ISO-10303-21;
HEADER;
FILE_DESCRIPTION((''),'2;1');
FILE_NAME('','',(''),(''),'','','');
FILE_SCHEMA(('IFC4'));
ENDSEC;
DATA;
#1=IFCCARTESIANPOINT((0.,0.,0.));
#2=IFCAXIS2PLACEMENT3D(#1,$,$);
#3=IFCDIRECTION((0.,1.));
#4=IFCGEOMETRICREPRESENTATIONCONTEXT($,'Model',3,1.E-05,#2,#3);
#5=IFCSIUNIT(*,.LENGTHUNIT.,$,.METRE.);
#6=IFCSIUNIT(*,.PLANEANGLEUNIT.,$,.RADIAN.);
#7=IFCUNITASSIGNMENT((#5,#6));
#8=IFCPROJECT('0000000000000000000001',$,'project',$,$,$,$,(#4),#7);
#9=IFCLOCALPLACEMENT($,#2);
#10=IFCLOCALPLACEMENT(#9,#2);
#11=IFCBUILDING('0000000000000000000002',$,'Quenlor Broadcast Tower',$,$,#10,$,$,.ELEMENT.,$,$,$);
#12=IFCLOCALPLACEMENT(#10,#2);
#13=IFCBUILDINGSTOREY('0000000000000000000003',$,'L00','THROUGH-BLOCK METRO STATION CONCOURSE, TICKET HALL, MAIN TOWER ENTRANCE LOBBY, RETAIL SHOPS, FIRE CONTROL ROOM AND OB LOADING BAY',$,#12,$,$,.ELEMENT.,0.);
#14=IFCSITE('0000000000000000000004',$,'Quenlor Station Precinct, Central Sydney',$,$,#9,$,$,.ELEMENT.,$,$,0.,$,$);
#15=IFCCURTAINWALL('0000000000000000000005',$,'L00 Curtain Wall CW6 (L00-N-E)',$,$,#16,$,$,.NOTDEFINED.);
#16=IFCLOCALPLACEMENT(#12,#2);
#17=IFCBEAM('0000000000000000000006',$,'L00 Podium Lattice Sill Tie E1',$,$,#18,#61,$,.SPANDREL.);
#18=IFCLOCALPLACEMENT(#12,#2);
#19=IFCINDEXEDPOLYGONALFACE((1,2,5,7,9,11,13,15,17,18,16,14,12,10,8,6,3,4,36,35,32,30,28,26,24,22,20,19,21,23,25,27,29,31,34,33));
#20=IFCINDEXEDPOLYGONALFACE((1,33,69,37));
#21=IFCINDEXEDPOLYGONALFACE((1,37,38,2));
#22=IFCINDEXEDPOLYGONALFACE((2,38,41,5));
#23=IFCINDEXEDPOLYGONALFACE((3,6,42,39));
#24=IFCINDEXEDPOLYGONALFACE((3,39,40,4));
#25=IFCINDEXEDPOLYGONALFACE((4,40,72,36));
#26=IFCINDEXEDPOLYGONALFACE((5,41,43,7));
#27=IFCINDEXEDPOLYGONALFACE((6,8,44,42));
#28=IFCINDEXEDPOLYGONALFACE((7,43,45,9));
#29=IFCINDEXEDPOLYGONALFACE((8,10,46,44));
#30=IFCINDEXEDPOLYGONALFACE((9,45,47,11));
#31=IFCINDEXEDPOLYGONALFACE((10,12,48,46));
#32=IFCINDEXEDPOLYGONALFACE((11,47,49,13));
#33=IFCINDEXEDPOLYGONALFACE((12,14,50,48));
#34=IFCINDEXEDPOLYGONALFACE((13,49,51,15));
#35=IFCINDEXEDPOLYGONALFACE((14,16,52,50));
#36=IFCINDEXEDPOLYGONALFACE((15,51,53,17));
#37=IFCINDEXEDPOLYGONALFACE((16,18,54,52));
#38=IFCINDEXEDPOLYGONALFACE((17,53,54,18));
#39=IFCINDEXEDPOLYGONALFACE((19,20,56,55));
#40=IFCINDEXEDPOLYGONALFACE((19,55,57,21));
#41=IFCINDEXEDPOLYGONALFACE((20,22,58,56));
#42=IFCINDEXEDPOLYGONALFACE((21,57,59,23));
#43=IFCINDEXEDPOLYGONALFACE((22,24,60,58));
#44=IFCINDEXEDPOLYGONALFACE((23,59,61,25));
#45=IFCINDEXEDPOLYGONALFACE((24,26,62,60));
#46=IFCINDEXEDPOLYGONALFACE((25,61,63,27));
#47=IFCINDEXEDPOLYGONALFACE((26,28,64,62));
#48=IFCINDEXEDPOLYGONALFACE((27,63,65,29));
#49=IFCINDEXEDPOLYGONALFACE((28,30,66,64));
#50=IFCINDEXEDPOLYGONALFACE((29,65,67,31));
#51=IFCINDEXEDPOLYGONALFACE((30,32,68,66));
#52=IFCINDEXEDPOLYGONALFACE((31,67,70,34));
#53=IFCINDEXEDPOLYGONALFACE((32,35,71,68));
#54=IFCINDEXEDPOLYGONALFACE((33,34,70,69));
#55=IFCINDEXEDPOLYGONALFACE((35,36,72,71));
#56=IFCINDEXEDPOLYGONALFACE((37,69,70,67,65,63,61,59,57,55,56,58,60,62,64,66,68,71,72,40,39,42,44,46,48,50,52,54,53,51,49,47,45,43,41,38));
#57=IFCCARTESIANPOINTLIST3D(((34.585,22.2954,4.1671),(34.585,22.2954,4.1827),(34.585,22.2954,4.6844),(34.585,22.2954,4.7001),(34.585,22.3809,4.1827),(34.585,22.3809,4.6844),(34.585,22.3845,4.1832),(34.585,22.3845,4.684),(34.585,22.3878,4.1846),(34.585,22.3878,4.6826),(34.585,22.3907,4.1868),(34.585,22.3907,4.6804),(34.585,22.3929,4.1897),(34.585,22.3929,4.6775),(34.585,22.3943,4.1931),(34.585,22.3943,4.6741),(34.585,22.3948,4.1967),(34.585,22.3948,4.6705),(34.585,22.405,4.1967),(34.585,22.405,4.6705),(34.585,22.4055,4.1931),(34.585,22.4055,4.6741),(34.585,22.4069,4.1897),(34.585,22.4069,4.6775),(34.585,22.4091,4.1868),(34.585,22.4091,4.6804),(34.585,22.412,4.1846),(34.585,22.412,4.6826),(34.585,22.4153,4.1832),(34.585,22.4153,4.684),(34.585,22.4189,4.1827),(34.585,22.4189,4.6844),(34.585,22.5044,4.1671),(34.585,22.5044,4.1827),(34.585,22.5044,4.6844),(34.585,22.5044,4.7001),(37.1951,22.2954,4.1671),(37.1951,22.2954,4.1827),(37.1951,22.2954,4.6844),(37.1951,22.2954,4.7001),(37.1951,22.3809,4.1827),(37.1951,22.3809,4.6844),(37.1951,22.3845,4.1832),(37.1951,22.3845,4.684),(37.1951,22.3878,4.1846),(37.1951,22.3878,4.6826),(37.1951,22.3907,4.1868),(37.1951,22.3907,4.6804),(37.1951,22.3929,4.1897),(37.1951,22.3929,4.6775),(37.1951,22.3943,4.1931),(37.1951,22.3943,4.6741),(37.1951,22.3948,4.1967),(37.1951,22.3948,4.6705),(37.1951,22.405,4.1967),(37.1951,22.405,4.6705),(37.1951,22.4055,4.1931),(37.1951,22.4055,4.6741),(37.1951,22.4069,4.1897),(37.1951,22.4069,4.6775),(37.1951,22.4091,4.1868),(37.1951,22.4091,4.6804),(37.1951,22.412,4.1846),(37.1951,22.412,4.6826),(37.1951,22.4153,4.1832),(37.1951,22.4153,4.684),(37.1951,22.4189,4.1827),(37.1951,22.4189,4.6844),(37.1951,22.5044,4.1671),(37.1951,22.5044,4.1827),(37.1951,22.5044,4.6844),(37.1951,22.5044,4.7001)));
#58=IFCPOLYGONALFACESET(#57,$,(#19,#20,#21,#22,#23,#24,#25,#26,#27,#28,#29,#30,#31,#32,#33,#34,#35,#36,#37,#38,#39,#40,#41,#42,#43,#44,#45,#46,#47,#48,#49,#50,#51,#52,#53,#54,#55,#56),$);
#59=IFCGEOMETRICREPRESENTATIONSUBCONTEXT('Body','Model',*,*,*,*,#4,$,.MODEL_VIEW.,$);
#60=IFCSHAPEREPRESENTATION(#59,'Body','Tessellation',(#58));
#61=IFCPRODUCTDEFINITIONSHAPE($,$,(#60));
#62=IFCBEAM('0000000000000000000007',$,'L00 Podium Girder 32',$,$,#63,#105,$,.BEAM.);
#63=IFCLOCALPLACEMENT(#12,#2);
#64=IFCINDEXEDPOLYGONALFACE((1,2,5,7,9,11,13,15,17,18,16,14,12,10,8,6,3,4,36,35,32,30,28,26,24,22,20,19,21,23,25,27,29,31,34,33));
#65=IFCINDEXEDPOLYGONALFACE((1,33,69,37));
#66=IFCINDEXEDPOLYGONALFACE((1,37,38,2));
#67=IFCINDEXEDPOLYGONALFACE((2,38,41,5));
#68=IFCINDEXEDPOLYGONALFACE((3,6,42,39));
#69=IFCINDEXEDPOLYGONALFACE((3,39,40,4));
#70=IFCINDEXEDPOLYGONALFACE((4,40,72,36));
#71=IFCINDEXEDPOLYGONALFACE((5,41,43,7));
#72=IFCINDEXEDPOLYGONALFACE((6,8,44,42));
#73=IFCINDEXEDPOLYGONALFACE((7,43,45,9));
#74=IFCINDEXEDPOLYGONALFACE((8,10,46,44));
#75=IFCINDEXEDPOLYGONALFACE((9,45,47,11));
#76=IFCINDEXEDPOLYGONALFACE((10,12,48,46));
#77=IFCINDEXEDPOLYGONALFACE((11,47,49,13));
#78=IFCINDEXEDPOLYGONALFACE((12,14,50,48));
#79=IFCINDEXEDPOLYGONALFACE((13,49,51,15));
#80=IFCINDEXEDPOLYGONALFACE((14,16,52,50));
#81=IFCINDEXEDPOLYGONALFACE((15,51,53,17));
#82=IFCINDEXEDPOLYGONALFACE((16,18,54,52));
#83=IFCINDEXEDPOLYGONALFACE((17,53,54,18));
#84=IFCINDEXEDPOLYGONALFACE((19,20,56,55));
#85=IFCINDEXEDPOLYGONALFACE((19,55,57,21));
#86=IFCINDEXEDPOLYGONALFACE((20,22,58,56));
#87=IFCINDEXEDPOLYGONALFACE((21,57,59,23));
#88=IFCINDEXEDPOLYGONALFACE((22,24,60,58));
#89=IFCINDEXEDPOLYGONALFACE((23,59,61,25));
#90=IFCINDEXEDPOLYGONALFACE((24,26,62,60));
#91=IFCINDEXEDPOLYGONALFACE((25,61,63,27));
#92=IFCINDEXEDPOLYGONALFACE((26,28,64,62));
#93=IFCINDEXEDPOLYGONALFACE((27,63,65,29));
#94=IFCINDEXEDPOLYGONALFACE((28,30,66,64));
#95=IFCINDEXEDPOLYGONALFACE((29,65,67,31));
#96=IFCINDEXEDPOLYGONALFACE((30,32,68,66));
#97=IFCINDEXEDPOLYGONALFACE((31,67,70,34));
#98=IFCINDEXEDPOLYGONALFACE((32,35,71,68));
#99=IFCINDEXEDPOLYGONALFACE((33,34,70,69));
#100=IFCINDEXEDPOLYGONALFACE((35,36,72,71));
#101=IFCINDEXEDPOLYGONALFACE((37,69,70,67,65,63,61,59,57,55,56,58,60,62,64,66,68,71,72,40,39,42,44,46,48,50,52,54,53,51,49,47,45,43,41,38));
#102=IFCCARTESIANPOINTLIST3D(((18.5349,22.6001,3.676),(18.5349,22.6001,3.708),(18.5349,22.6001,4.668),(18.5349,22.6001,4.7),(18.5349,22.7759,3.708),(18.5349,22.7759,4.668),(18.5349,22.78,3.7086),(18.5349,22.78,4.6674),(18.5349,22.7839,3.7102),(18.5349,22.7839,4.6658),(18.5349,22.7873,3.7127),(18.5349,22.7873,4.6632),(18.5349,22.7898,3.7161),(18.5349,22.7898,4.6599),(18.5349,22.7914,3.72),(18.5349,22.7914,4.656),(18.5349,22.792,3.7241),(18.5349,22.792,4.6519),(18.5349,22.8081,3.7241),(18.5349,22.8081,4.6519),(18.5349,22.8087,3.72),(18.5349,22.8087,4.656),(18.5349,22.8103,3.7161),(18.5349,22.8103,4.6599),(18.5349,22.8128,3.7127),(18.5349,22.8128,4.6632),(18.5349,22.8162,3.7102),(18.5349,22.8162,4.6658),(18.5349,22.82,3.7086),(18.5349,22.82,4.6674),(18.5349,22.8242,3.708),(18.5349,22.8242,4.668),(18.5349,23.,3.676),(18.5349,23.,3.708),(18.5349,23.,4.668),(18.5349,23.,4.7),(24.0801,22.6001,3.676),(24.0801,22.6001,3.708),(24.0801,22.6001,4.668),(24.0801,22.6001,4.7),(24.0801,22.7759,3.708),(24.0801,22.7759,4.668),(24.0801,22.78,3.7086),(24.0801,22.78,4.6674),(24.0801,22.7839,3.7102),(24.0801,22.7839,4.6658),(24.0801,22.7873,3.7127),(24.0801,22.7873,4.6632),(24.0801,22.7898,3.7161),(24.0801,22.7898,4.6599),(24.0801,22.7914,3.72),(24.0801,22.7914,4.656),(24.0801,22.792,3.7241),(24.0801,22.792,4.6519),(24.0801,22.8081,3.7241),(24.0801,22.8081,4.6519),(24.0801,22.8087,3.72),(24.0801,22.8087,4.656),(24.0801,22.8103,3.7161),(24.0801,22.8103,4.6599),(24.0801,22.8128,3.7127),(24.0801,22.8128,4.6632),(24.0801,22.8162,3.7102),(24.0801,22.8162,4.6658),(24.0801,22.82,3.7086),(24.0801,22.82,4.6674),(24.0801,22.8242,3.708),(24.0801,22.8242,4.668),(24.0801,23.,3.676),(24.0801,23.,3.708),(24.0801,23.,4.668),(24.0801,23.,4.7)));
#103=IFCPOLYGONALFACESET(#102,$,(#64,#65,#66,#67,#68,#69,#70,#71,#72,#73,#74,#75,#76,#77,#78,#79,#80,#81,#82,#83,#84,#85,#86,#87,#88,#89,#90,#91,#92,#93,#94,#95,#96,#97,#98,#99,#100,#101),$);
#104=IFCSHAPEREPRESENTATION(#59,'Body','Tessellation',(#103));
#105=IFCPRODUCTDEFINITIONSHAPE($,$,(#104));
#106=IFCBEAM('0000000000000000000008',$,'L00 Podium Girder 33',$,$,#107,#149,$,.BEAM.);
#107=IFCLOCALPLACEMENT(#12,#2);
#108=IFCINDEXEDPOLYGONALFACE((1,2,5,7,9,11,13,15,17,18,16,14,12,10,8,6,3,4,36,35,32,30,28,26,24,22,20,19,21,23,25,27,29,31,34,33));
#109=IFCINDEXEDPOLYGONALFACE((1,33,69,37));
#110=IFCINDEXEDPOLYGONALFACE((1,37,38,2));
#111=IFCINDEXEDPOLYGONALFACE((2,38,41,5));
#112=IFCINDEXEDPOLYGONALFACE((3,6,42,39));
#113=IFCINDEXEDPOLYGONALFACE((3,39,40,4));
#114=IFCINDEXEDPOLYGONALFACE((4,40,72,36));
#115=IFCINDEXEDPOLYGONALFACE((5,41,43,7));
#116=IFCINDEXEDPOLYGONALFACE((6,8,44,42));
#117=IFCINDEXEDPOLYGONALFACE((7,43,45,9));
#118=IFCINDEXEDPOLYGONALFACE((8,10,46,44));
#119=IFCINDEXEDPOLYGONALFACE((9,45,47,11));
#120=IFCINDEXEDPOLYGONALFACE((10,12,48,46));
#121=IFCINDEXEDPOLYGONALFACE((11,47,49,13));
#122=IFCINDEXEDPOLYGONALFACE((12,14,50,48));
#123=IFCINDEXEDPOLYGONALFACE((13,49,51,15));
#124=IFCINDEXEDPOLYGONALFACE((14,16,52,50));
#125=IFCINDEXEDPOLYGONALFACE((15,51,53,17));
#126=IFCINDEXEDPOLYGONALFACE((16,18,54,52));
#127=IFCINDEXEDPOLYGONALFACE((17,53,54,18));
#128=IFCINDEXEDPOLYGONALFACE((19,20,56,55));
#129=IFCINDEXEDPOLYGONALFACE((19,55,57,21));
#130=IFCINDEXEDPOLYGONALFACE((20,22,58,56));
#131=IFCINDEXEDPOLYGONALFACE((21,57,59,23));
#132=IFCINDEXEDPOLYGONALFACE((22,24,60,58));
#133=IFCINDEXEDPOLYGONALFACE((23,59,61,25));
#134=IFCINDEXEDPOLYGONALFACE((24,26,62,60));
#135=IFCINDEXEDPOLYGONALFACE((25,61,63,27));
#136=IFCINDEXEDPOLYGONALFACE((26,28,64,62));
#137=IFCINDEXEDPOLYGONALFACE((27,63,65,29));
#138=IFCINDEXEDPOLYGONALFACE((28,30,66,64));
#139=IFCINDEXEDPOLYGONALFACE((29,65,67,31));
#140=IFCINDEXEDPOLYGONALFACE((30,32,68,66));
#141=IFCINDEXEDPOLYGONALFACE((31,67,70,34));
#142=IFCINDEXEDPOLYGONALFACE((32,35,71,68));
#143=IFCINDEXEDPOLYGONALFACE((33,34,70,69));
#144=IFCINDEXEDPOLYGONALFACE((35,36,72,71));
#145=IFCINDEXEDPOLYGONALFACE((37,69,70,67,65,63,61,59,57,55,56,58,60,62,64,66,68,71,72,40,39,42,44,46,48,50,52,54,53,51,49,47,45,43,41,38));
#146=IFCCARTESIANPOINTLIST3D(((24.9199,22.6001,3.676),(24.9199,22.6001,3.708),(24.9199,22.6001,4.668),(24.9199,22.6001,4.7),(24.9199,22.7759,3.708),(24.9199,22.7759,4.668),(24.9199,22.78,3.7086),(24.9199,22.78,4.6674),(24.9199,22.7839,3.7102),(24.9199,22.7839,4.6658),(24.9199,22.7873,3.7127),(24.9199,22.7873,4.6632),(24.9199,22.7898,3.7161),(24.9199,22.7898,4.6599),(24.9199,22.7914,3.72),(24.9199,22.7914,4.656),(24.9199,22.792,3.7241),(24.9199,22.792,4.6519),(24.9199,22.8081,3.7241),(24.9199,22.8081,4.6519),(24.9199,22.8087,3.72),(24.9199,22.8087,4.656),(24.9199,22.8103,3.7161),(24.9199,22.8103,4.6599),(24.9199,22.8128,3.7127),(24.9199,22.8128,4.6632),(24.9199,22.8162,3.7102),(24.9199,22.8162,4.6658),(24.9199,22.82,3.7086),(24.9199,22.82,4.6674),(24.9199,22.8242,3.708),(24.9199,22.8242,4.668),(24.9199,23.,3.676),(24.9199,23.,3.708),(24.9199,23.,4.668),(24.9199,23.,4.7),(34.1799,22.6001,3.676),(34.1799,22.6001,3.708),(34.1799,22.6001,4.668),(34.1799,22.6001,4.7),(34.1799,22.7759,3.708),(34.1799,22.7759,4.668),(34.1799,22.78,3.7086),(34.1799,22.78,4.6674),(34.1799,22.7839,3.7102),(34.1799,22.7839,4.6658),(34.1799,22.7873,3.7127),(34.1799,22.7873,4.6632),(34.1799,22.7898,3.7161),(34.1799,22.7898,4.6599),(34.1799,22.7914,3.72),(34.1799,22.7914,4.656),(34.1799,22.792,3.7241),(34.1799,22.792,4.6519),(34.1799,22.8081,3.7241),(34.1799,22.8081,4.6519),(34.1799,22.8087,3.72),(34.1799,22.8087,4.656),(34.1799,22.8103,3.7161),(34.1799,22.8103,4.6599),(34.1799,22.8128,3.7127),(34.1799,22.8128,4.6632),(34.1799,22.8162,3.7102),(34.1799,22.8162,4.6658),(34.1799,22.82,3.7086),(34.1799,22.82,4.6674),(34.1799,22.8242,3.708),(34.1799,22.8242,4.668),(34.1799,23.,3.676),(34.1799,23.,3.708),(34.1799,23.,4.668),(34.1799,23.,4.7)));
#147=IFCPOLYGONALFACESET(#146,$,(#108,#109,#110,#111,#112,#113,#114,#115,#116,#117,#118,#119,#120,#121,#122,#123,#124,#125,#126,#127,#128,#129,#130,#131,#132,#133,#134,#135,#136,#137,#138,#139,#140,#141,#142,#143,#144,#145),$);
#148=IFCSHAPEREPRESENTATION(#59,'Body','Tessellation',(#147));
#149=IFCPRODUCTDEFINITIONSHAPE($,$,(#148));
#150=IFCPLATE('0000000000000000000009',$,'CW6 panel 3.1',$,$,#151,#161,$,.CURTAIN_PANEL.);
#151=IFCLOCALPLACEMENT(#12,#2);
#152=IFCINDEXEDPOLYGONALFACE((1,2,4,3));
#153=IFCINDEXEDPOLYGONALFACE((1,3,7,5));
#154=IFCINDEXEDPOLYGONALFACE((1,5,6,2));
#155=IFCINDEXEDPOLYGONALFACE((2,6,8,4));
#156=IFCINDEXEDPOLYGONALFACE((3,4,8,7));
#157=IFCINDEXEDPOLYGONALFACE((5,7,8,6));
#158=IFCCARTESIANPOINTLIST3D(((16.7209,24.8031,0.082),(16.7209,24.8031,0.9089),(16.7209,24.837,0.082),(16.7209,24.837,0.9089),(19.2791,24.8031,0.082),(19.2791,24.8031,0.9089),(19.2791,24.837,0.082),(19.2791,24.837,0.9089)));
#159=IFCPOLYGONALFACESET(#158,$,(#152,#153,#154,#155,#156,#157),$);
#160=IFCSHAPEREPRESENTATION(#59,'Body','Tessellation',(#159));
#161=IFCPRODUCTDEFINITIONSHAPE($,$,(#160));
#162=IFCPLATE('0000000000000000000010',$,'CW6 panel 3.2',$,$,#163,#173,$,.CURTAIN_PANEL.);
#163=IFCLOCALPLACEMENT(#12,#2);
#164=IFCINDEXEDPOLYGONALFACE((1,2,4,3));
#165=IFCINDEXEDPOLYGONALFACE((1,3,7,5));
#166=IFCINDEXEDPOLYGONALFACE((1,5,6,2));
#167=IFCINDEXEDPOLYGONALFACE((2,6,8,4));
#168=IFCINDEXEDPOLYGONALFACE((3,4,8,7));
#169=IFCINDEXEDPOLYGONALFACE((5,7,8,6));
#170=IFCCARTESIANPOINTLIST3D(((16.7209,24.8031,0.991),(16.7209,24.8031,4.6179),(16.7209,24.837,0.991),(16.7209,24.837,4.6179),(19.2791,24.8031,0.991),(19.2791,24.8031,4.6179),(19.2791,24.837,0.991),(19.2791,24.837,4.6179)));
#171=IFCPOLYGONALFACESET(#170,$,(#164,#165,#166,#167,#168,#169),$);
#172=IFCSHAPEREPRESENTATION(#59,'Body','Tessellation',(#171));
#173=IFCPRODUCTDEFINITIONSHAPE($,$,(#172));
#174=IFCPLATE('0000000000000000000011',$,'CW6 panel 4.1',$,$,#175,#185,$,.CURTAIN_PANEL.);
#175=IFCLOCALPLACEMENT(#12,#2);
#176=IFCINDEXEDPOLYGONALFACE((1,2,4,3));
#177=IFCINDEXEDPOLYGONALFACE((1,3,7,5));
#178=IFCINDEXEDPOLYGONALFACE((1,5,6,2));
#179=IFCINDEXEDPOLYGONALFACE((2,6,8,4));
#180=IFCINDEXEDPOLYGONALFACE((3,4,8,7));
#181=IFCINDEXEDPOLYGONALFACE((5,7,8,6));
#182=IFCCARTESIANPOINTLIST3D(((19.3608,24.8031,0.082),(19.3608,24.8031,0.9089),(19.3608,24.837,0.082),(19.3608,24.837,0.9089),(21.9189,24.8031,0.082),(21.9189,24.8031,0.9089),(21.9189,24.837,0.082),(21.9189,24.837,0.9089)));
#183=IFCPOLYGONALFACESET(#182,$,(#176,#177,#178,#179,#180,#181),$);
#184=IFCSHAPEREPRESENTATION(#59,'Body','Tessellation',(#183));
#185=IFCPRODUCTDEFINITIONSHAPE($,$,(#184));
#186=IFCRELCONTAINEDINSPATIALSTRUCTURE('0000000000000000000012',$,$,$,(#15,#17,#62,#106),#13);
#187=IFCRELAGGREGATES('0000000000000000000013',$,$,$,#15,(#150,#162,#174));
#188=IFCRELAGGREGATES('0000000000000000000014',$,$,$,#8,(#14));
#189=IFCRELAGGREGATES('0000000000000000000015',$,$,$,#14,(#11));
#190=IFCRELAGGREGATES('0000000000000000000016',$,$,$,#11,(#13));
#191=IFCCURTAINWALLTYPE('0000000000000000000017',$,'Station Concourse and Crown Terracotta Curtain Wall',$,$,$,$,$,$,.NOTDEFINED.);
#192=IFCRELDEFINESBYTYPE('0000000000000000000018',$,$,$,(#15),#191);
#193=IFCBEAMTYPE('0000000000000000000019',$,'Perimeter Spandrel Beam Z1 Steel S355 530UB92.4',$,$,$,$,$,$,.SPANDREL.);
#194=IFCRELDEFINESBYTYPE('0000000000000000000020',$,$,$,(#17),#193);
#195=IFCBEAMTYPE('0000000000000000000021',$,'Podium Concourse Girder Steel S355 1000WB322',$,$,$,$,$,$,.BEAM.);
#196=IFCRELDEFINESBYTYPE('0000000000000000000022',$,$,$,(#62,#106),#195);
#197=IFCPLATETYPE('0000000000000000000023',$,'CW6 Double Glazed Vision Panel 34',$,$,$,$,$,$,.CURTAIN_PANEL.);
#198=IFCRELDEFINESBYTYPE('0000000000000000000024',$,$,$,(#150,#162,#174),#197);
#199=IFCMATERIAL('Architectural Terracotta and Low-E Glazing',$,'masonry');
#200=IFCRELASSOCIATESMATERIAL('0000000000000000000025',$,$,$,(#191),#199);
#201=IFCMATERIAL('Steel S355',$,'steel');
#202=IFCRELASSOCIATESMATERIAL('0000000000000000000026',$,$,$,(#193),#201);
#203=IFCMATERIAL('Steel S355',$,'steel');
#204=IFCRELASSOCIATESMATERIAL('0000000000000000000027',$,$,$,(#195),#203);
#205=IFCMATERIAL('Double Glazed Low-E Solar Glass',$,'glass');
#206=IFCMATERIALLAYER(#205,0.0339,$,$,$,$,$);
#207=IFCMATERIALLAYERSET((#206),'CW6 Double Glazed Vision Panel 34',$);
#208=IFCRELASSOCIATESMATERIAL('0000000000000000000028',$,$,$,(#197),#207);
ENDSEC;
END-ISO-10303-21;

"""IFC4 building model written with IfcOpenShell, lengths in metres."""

from ifc_helpers import new_model, si_unit, direction, frame, origin, origin_2d, place, context, subcontext, project, spatial, rectangle, i_section, extrude, material, layer, layer_set, material_profile, profile_set, type_object, element, aggregate, save


model = new_model("IFC4")

# Units and contexts
model_context = context("Model", 3, precision=1e-05, world=origin(), true_north=direction((0.0, 1.0)))
body_context = subcontext(model_context, "Body", "Model", "MODEL_VIEW")
ifc_project = project(units=[si_unit("LENGTHUNIT", "METRE"), si_unit("PLANEANGLEUNIT", "RADIAN")], contexts=[model_context])

# Site, building, storey
site_placement = place(None, origin())
site = spatial("IfcSite", under=ifc_project, at=site_placement, Name="Quenlor Station Precinct, Central Sydney", CompositionType="ELEMENT", RefElevation=0.0)
building_placement = place(site_placement, origin())
building = spatial("IfcBuilding", under=site, at=building_placement, Name="Quenlor Broadcast Tower", CompositionType="ELEMENT")
storey_placement = place(building_placement, origin())
storey = spatial("IfcBuildingStorey", under=building, at=storey_placement, Name="L00", Description="THROUGH-BLOCK METRO STATION CONCOURSE, TICKET HALL, MAIN TOWER ENTRANCE LOBBY, RETAIL SHOPS, FIRE CONTROL ROOM AND OB LOADING BAY", CompositionType="ELEMENT", Elevation=0.0)

# Curtain wall
ifc_material_1 = material(Name="Architectural Terracotta and Low-E Glazing", Category="masonry")
curtain_wall_type = type_object("IfcCurtainWallType", Name="Station Concourse and Crown Terracotta Curtain Wall", PredefinedType="NOTDEFINED", material=ifc_material_1)
curtain_wall_placement = place(storey_placement, origin())
curtain_wall = element("IfcCurtainWall", 1, at=curtain_wall_placement, inside=storey, type_object=curtain_wall_type, Name="L00 Curtain Wall CW6 (L00-N-E)", PredefinedType="NOTDEFINED")

# Beams
ifc_material_2 = material(Name="Steel S355", Category="steel")
ifc_material_profile_1 = material_profile(ifc_material_2, i_section(OverallWidth=0.209, OverallDepth=0.533, WebThickness=0.0103, FlangeThickness=0.0156, FilletRadius=0.0139, at=origin_2d()))
ifc_profile_set_1 = profile_set([ifc_material_profile_1], Name="Steel S355 530UB92.4")
beam_type_1 = type_object("IfcBeamType", Name="Perimeter Spandrel Beam Z1 Steel S355 530UB92.4", PredefinedType="SPANDREL", material=ifc_profile_set_1)
for number, where, z_axis, x_axis, name in (
    (2, (34.585, 22.3999, 4.4336), (1.0, 0.0, 0.0), (0.0, 1.0, 0.0), "L00 Podium Lattice Sill Tie E1"),
):
    element("IfcBeam", number, at=place(storey_placement, frame(where, z_axis=z_axis, x_axis=x_axis)), inside=storey, type_object=beam_type_1, Name=name, PredefinedType="SPANDREL", context=body_context, shape_type="SweptSolid", body=[
        extrude(i_section(OverallWidth=0.209, OverallDepth=0.533, WebThickness=0.0103, FlangeThickness=0.0156, FilletRadius=0.0139, at=origin_2d()), origin(), (0.0, 0.0, 1.0), 2.6101),
    ])
ifc_material_3 = material(Name="Steel S355", Category="steel")
ifc_material_profile_2 = material_profile(ifc_material_3, i_section(OverallWidth=0.3999, OverallDepth=1.0239, WebThickness=0.0161, FlangeThickness=0.032, FilletRadius=0.0161, at=origin_2d()))
ifc_profile_set_2 = profile_set([ifc_material_profile_2], Name="Steel S355 1000WB322")
beam_type_2 = type_object("IfcBeamType", Name="Podium Concourse Girder Steel S355 1000WB322", PredefinedType="BEAM", material=ifc_profile_set_2)
beam_1_placement = place(storey_placement, frame((18.5349, 22.8, 4.188), z_axis=(1.0, 0.0, 0.0), x_axis=(0.0, 1.0, 0.0)))
element("IfcBeam", 3, at=beam_1_placement, inside=storey, type_object=beam_type_2, Name="L00 Podium Girder 32", PredefinedType="BEAM", context=body_context, shape_type="SweptSolid", body=[
    extrude(i_section(OverallWidth=0.3999, OverallDepth=1.0239, WebThickness=0.0161, FlangeThickness=0.032, FilletRadius=0.0161, at=origin_2d()), origin(), (0.0, 0.0, 1.0), 5.5452),
])
beam_2_placement = place(storey_placement, frame((24.9199, 22.8, 4.188), z_axis=(1.0, 0.0, 0.0), x_axis=(0.0, 1.0, 0.0)))
element("IfcBeam", 4, at=beam_2_placement, inside=storey, type_object=beam_type_2, Name="L00 Podium Girder 33", PredefinedType="BEAM", context=body_context, shape_type="SweptSolid", body=[
    extrude(i_section(OverallWidth=0.3999, OverallDepth=1.0239, WebThickness=0.0161, FlangeThickness=0.032, FilletRadius=0.0161, at=origin_2d()), origin(), (0.0, 0.0, 1.0), 9.26),
])

# Plates
ifc_material_4 = material(Name="Double Glazed Low-E Solar Glass", Category="glass")
ifc_layer_1 = layer(ifc_material_4, 0.0339)
ifc_layer_set_1 = layer_set([ifc_layer_1], Name="CW6 Double Glazed Vision Panel 34")
plate_type = type_object("IfcPlateType", Name="CW6 Double Glazed Vision Panel 34", PredefinedType="CURTAIN_PANEL", material=ifc_layer_set_1)
plate_1_placement = place(storey_placement, frame((18.0, 24.8201, 0.082), z_axis=(0.0, 0.0, 1.0), x_axis=(1.0, 0.0, 0.0)))
plate_1 = element("IfcPlate", 5, at=plate_1_placement, type_object=plate_type, Name="CW6 panel 3.1", PredefinedType="CURTAIN_PANEL", context=body_context, shape_type="SweptSolid", body=[
    extrude(rectangle(XDim=2.5581, YDim=0.0339, at=origin_2d()), origin(), (0.0, 0.0, 1.0), 0.8269),
])
plate_2_placement = place(storey_placement, frame((18.0, 24.8201, 0.991), z_axis=(0.0, 0.0, 1.0), x_axis=(1.0, 0.0, 0.0)))
plate_2 = element("IfcPlate", 6, at=plate_2_placement, type_object=plate_type, Name="CW6 panel 3.2", PredefinedType="CURTAIN_PANEL", context=body_context, shape_type="SweptSolid", body=[
    extrude(rectangle(XDim=2.5581, YDim=0.0339, at=origin_2d()), origin(), (0.0, 0.0, 1.0), 3.627),
])
plate_3_placement = place(storey_placement, frame((20.6399, 24.8201, 0.082), z_axis=(0.0, 0.0, 1.0), x_axis=(1.0, 0.0, 0.0)))
plate_3 = element("IfcPlate", 7, at=plate_3_placement, type_object=plate_type, Name="CW6 panel 4.1", PredefinedType="CURTAIN_PANEL", context=body_context, shape_type="SweptSolid", body=[
    extrude(rectangle(XDim=2.5581, YDim=0.0339, at=origin_2d()), origin(), (0.0, 0.0, 1.0), 0.8269),
])
aggregate(curtain_wall, [plate_1, plate_2, plate_3])

save(model, "model.ifc")
